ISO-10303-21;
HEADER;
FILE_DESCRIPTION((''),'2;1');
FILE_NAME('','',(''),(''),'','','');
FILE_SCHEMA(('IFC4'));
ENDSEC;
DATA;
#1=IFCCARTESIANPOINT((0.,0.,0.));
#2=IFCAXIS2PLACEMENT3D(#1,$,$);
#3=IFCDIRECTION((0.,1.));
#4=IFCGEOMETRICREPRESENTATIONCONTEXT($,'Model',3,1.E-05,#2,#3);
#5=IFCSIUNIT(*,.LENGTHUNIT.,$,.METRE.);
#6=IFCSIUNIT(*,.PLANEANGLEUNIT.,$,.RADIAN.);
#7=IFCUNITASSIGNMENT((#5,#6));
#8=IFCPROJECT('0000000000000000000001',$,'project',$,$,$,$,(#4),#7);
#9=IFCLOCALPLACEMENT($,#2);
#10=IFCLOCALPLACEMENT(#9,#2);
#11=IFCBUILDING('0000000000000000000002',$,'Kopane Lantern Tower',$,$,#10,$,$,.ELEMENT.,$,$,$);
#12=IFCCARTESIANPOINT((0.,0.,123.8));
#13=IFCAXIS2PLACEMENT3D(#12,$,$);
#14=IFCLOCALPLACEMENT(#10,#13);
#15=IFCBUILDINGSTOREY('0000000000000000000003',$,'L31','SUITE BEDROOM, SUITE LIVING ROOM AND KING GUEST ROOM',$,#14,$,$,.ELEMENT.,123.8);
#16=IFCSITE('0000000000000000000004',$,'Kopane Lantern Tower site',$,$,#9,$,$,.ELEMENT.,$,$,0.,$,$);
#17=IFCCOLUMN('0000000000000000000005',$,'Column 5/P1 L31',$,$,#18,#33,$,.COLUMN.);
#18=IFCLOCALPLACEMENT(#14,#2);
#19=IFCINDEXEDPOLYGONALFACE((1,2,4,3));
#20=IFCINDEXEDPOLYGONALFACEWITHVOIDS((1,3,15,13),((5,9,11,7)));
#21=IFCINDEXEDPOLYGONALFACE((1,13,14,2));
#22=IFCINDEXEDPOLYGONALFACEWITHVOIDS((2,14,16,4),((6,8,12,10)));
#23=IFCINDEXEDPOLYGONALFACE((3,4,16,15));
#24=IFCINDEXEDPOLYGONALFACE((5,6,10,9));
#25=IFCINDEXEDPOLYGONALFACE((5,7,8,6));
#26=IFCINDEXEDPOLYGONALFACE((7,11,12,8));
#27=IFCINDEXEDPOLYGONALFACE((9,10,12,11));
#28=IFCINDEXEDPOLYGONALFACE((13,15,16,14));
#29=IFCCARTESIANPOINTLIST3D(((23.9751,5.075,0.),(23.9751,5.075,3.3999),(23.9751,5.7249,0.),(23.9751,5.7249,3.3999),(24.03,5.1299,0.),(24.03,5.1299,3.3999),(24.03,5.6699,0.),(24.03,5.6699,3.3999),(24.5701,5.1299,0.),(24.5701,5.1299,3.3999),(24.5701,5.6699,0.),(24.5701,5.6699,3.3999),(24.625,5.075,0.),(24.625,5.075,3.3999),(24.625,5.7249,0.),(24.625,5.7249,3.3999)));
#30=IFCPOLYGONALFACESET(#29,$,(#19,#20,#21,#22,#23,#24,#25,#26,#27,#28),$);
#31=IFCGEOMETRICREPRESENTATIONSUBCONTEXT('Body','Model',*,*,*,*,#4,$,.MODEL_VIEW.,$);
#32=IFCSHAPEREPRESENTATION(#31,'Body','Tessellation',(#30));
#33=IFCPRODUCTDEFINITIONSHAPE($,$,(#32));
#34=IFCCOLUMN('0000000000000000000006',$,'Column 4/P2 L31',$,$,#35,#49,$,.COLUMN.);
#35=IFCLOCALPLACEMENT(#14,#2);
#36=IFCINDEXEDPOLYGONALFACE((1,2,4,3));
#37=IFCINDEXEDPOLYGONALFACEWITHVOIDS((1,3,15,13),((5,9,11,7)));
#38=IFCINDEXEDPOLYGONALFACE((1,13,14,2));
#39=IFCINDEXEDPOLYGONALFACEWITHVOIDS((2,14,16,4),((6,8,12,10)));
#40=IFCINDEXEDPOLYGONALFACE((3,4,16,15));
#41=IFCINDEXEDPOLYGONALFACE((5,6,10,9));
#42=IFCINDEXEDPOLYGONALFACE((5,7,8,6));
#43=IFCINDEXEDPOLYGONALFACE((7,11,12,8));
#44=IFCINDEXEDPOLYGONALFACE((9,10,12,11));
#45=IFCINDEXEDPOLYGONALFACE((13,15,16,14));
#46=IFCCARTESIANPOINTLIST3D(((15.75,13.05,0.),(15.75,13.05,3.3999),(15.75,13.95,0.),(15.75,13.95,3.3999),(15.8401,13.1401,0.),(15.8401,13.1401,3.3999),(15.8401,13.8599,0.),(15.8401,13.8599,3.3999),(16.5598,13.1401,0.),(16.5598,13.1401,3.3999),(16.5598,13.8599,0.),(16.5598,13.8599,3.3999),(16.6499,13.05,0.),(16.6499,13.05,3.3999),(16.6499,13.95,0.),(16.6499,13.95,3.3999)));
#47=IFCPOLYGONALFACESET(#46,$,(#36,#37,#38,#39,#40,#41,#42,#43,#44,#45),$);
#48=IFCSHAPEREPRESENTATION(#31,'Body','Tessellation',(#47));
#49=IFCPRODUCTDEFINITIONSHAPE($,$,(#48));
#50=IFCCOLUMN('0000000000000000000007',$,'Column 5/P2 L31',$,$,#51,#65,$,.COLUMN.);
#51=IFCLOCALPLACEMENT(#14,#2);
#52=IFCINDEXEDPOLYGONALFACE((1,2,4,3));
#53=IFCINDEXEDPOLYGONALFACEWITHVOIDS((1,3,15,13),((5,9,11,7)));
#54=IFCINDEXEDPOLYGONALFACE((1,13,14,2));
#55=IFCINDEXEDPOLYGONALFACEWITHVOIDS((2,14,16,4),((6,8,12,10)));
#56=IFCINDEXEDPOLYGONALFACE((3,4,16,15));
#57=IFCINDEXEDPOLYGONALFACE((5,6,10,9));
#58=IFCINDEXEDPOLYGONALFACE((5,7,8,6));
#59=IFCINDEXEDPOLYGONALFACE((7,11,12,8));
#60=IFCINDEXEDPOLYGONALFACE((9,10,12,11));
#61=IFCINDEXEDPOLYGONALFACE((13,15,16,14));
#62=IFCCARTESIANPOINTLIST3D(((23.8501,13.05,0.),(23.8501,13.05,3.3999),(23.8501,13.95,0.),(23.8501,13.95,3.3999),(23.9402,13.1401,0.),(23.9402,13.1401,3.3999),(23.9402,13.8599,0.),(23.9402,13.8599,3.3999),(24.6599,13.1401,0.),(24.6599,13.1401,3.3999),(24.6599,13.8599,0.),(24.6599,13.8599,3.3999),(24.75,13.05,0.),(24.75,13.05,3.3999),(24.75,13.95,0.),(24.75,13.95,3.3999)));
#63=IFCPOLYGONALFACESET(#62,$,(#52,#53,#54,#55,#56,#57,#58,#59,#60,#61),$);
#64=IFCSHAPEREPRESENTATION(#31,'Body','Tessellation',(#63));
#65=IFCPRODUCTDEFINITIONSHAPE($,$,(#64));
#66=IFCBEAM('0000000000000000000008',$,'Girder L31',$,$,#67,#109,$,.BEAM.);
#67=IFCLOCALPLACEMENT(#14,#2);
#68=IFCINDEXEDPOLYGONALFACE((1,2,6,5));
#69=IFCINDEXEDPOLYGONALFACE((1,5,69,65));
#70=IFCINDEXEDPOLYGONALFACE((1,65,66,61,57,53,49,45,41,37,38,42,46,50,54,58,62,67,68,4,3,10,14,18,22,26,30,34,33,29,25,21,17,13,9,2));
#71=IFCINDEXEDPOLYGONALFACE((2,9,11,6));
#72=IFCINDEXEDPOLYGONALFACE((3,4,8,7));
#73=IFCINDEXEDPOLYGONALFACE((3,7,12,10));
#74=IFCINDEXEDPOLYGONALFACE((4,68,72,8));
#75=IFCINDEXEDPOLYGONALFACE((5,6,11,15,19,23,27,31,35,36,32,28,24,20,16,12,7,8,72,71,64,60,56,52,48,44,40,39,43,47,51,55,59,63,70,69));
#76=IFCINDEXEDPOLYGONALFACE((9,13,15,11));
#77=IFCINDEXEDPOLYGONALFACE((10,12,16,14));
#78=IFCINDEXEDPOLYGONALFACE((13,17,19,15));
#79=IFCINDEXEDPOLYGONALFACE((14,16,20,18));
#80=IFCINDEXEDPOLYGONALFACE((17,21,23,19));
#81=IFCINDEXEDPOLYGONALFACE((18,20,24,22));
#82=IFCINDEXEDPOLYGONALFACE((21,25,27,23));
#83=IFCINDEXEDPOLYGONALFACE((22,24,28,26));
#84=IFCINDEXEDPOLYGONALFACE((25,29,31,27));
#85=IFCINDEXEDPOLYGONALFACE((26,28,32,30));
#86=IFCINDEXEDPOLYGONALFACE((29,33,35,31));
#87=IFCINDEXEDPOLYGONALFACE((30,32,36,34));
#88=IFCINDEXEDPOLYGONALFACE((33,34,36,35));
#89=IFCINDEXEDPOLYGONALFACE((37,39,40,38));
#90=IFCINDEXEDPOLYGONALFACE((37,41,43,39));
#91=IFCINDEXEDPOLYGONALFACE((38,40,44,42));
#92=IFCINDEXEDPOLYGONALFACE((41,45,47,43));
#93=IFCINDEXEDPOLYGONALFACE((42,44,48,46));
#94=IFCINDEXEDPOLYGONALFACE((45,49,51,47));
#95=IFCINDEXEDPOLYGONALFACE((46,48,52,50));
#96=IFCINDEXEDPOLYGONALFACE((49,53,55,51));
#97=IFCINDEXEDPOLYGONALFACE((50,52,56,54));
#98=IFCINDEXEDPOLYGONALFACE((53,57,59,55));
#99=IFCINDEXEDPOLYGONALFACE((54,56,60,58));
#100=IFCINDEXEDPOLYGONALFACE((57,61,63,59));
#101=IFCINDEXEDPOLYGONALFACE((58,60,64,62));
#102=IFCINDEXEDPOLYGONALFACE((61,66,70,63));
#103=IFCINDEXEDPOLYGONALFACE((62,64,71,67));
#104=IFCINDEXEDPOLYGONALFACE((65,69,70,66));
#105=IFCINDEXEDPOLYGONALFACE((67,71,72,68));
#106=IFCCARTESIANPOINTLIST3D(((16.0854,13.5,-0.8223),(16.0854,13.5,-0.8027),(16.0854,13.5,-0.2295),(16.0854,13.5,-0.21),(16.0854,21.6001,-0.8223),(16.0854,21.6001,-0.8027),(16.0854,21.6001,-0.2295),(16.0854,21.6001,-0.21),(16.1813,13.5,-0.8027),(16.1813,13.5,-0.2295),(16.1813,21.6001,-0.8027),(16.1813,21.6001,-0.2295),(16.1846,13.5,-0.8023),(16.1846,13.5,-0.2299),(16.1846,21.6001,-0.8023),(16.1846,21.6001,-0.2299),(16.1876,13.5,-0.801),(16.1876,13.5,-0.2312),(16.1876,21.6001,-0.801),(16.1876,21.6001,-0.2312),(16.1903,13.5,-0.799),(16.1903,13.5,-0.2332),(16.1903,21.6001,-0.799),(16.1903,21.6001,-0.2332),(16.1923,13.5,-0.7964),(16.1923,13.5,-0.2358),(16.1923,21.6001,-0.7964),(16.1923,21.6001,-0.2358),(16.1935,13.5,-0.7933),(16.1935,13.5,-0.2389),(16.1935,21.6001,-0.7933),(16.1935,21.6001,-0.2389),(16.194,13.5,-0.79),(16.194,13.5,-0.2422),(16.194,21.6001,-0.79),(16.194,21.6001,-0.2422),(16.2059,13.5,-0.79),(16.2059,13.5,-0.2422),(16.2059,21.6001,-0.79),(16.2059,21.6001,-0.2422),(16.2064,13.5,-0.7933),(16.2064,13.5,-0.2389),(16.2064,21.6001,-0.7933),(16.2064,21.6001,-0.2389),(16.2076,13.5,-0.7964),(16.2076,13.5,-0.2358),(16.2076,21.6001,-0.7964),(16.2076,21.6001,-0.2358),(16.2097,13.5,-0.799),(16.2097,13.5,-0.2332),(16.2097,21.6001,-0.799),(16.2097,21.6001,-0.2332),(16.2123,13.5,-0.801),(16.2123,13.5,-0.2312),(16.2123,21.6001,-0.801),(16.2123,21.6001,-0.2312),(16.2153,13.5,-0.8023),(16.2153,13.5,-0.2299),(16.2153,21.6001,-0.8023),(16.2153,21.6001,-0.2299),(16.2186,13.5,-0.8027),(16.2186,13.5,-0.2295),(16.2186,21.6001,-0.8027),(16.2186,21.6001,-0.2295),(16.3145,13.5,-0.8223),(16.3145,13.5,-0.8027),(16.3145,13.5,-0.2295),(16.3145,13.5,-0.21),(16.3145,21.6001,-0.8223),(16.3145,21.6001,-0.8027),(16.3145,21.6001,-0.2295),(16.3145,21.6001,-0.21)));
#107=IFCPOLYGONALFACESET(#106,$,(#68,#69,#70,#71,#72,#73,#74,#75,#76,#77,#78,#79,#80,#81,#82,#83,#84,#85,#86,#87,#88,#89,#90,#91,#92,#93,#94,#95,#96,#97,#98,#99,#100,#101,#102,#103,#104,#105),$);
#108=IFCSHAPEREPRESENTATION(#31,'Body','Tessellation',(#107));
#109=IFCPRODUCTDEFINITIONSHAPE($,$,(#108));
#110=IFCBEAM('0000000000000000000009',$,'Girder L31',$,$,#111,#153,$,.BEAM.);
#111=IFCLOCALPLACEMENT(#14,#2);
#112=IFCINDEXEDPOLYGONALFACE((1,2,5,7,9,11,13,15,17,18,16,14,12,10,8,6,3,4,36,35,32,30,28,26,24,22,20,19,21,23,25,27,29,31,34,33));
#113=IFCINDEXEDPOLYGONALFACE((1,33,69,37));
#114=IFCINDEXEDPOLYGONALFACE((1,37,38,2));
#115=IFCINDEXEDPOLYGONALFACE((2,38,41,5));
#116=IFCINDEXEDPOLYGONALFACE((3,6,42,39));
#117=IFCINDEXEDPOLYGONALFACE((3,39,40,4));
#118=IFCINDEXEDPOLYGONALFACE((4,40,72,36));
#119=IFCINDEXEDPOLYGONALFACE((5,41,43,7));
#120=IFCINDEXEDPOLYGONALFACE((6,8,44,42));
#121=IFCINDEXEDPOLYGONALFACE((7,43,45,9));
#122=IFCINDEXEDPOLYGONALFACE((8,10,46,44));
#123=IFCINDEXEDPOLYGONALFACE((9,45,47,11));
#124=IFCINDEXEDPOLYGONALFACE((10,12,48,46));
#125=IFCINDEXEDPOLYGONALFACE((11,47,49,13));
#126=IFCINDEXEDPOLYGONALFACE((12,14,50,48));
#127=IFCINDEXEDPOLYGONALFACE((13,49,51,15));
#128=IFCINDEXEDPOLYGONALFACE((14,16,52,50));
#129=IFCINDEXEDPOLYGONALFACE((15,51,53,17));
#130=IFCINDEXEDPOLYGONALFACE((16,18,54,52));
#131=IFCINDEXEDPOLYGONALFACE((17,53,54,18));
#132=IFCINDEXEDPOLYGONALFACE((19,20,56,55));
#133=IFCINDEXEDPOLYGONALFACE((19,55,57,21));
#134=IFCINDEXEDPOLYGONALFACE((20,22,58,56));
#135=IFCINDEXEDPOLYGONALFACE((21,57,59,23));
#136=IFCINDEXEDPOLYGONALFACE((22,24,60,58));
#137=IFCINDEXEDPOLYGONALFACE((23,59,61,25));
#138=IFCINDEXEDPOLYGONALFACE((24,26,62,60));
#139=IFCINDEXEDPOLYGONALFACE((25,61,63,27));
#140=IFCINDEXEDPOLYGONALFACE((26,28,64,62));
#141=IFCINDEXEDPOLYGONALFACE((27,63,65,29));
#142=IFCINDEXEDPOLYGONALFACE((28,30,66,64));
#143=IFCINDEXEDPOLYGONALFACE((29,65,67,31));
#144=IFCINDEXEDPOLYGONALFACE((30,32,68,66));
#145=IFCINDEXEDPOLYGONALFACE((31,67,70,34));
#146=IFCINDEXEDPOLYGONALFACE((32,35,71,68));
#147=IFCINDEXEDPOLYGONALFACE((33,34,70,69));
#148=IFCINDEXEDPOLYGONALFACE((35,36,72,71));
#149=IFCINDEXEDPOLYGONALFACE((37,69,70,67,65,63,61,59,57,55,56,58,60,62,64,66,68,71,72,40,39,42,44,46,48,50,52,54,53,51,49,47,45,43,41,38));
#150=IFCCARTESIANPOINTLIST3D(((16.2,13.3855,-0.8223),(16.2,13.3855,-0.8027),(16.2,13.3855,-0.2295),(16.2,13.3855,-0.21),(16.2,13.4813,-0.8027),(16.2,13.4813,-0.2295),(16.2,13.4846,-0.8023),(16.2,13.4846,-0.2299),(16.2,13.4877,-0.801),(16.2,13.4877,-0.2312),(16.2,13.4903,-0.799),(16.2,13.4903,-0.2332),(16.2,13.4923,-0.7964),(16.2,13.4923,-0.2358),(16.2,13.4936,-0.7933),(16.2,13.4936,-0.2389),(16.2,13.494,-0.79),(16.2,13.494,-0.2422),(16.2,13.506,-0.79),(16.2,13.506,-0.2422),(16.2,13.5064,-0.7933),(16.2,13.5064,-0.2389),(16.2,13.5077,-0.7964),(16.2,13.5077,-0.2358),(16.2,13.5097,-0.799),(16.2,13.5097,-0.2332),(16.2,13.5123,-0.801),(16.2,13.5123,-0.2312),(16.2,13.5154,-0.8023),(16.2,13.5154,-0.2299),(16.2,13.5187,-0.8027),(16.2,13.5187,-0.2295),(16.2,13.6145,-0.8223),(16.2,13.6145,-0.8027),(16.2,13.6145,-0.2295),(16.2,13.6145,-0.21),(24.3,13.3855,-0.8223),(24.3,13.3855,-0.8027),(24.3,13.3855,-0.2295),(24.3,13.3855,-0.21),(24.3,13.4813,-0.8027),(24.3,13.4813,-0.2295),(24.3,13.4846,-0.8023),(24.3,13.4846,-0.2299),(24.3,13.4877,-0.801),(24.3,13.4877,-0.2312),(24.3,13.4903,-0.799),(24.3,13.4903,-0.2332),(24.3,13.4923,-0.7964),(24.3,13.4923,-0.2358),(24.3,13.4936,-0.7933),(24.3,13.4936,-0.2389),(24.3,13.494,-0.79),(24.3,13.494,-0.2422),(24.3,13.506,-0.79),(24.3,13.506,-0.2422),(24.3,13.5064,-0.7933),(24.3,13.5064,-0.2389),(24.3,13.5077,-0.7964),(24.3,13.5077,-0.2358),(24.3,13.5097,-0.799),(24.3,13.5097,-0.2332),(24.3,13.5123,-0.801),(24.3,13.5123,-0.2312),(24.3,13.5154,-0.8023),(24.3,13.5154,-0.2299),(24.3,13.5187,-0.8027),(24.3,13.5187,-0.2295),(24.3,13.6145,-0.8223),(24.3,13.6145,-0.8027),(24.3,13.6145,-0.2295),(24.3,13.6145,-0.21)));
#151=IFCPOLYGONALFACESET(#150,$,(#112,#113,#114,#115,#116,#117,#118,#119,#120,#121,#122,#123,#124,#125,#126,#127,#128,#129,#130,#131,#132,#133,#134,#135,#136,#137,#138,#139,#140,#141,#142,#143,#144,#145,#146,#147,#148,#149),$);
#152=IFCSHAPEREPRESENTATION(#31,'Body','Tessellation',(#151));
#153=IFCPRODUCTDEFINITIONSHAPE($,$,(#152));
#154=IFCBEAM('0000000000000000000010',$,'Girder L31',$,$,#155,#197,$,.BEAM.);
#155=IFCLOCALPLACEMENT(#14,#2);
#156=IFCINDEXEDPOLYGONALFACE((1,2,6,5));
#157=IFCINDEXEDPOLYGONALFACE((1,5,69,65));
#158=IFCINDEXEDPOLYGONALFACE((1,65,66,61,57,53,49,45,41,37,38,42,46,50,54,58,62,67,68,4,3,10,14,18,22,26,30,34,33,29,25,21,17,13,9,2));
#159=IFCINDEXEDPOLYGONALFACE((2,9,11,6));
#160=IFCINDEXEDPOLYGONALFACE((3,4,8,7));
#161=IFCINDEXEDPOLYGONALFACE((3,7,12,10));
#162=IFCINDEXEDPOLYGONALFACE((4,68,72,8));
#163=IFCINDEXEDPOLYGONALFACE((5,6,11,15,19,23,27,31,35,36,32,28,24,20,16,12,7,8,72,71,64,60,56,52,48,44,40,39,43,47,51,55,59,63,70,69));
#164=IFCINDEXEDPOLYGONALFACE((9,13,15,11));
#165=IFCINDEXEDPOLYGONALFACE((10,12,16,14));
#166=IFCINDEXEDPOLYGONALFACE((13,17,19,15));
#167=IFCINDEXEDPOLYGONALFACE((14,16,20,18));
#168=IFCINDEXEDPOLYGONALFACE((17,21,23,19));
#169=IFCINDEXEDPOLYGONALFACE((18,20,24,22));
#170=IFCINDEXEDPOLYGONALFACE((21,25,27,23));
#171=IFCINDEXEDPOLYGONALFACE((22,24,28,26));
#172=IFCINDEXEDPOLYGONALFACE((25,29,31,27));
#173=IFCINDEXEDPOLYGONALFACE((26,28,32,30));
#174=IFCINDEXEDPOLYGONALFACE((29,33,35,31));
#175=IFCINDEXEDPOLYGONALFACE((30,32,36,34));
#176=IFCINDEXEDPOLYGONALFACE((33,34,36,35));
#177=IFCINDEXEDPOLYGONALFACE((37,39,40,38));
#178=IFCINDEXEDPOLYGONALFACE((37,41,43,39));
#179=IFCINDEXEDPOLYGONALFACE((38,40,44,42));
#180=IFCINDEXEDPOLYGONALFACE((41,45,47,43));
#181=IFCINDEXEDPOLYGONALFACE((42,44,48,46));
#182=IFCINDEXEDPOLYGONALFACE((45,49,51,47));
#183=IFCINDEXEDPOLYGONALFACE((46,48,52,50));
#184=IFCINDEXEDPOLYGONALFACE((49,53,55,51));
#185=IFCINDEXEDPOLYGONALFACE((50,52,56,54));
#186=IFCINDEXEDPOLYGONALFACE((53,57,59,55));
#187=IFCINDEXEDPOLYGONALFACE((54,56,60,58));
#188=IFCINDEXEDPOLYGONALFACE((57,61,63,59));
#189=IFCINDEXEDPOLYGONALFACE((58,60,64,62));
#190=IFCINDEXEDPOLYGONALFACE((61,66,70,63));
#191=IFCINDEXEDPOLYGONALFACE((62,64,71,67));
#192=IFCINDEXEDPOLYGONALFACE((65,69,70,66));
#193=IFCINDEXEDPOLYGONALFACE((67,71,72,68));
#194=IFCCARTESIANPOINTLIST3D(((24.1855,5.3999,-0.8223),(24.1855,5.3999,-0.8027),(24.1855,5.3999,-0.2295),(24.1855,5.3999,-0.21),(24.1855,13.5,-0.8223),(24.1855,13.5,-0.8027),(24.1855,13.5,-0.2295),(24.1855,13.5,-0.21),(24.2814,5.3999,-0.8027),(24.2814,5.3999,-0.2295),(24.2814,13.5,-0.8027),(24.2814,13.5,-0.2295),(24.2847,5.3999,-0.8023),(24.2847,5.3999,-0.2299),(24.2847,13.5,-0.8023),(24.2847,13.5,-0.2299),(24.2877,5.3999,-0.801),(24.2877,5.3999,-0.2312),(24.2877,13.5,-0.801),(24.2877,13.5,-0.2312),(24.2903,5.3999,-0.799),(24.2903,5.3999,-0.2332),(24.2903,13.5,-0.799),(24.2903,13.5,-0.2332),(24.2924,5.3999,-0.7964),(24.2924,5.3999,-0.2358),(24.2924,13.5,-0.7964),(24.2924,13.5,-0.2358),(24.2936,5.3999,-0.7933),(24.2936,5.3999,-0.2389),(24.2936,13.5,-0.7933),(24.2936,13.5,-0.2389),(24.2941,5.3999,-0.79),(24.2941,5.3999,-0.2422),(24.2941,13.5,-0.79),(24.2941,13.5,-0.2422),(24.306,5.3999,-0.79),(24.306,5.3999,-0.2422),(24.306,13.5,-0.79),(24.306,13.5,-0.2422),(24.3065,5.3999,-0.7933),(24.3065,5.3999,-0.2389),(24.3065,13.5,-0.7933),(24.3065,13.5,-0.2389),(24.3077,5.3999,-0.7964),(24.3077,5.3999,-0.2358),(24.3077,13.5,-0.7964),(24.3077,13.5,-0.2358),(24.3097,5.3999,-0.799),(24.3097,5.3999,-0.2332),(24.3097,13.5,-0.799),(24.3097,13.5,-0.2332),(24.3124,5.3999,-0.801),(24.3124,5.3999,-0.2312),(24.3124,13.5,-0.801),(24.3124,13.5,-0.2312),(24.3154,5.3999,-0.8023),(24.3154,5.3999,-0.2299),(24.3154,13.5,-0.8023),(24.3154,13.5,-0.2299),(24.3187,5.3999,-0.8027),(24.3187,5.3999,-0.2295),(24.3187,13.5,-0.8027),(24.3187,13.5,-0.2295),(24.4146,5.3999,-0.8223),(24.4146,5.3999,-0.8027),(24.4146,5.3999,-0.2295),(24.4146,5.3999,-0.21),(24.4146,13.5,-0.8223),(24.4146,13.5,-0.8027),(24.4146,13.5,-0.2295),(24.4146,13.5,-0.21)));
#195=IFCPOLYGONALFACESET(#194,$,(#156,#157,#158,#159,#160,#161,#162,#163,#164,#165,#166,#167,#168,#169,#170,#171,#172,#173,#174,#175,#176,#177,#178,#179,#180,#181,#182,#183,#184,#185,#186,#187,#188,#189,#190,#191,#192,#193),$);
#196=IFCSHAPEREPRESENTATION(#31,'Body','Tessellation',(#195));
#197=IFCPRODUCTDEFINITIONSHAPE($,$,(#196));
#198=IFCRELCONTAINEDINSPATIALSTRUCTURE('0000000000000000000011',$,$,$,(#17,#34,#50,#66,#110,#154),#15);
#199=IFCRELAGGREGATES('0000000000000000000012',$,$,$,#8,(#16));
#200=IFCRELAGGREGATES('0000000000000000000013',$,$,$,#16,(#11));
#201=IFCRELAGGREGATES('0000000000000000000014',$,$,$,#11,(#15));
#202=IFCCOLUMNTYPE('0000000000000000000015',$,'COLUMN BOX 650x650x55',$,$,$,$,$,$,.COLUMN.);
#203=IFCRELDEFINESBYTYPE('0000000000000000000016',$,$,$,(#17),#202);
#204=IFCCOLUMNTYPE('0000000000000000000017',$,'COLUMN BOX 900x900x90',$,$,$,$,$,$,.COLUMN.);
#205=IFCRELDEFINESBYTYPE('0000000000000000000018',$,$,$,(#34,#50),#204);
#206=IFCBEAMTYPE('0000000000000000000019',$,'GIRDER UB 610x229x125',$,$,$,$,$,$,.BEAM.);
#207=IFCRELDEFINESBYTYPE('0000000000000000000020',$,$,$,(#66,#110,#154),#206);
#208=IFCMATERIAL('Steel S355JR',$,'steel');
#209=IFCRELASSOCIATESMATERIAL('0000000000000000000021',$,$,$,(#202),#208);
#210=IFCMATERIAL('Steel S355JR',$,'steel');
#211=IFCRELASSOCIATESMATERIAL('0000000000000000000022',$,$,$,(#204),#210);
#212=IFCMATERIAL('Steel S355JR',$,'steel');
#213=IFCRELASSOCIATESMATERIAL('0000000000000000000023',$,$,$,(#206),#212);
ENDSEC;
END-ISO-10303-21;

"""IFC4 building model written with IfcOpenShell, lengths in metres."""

from ifc_helpers import new_model, si_unit, direction, frame, origin, origin_2d, place, context, subcontext, project, spatial, hollow_rectangle, i_section, extrude, material, material_profile, profile_set, type_object, element, save


model = new_model("IFC4")

# Units and contexts
model_context = context("Model", 3, precision=1e-05, world=origin(), true_north=direction((0.0, 1.0)))
body_context = subcontext(model_context, "Body", "Model", "MODEL_VIEW")
ifc_project = project(units=[si_unit("LENGTHUNIT", "METRE"), si_unit("PLANEANGLEUNIT", "RADIAN")], contexts=[model_context])

# Site, building, storey
site_placement = place(None, origin())
site = spatial("IfcSite", under=ifc_project, at=site_placement, Name="Kopane Lantern Tower site", CompositionType="ELEMENT", RefElevation=0.0)
building_placement = place(site_placement, origin())
building = spatial("IfcBuilding", under=site, at=building_placement, Name="Kopane Lantern Tower", CompositionType="ELEMENT")
storey_placement = place(building_placement, frame((0.0, 0.0, 123.8)))
storey = spatial("IfcBuildingStorey", under=building, at=storey_placement, Name="L31", Description="SUITE BEDROOM, SUITE LIVING ROOM AND KING GUEST ROOM", CompositionType="ELEMENT", Elevation=123.8)

# Columns
ifc_material_1 = material(Name="Steel S355JR", Category="steel")
ifc_material_profile_1 = material_profile(ifc_material_1, hollow_rectangle(XDim=0.6499, YDim=0.6499, WallThickness=0.0549, at=origin_2d()), Name="BOX 650x650x55")
ifc_profile_set_1 = profile_set([ifc_material_profile_1], Name="Steel S355JR")
column_type_1 = type_object("IfcColumnType", Name="COLUMN BOX 650x650x55", PredefinedType="COLUMN", material=ifc_profile_set_1)
column_placement = place(storey_placement, frame((24.3, 5.3999, 0.0), z_axis=(0.0, 0.0, 1.0), x_axis=(1.0, 0.0, 0.0)))
element("IfcColumn", 1, at=column_placement, inside=storey, type_object=column_type_1, Name="Column 5/P1 L31", PredefinedType="COLUMN", context=body_context, shape_type="SweptSolid", body=[
    extrude(hollow_rectangle(XDim=0.6499, YDim=0.6499, WallThickness=0.0549, at=origin_2d()), origin(), (0.0, 0.0, 1.0), 3.3999),
])
ifc_material_2 = material(Name="Steel S355JR", Category="steel")
ifc_material_profile_2 = material_profile(ifc_material_2, hollow_rectangle(XDim=0.8999, YDim=0.8999, WallThickness=0.0901, at=origin_2d()), Name="BOX 900x900x90")
ifc_profile_set_2 = profile_set([ifc_material_profile_2], Name="Steel S355JR")
column_type_2 = type_object("IfcColumnType", Name="COLUMN BOX 900x900x90", PredefinedType="COLUMN", material=ifc_profile_set_2)
for number, where, z_axis, x_axis, name in (
    (2, (16.2, 13.5, 0.0), (0.0, 0.0, 1.0), (1.0, 0.0, 0.0), "Column 4/P2 L31"),
    (3, (24.3, 13.5, 0.0), (0.0, 0.0, 1.0), (1.0, 0.0, 0.0), "Column 5/P2 L31"),
):
    element("IfcColumn", number, at=place(storey_placement, frame(where, z_axis=z_axis, x_axis=x_axis)), inside=storey, type_object=column_type_2, Name=name, PredefinedType="COLUMN", context=body_context, shape_type="SweptSolid", body=[
        extrude(hollow_rectangle(XDim=0.8999, YDim=0.8999, WallThickness=0.0901, at=origin_2d()), origin(), (0.0, 0.0, 1.0), 3.3999),
    ])

# Beams
ifc_material_3 = material(Name="Steel S355JR", Category="steel")
ifc_material_profile_3 = material_profile(ifc_material_3, i_section(OverallWidth=0.229, OverallDepth=0.6123, WebThickness=0.012, FlangeThickness=0.0195, FilletRadius=0.0127, at=origin_2d()), Name="UB 610x229x125")
ifc_profile_set_3 = profile_set([ifc_material_profile_3], Name="Steel S355JR")
beam_type = type_object("IfcBeamType", Name="GIRDER UB 610x229x125", PredefinedType="BEAM", material=ifc_profile_set_3)
for number, where, z_axis, x_axis, name in (
    (4, (16.2, 13.5, -0.5161), (0.0, 1.0, 0.0), (-1.0, 0.0, 0.0), "Girder L31"),
    (5, (16.2, 13.5, -0.5161), (1.0, 0.0, 0.0), (0.0, 1.0, 0.0), "Girder L31"),
    (6, (24.3, 5.3999, -0.5161), (0.0, 1.0, 0.0), (-1.0, 0.0, 0.0), "Girder L31"),
):
    element("IfcBeam", number, at=place(storey_placement, frame(where, z_axis=z_axis, x_axis=x_axis)), inside=storey, type_object=beam_type, Name=name, PredefinedType="BEAM", context=body_context, shape_type="SweptSolid", body=[
        extrude(i_section(OverallWidth=0.229, OverallDepth=0.6123, WebThickness=0.012, FlangeThickness=0.0195, FilletRadius=0.0127, at=origin_2d()), origin(), (0.0, 0.0, 1.0), 8.1001),
    ])

save(model, "model.ifc")
